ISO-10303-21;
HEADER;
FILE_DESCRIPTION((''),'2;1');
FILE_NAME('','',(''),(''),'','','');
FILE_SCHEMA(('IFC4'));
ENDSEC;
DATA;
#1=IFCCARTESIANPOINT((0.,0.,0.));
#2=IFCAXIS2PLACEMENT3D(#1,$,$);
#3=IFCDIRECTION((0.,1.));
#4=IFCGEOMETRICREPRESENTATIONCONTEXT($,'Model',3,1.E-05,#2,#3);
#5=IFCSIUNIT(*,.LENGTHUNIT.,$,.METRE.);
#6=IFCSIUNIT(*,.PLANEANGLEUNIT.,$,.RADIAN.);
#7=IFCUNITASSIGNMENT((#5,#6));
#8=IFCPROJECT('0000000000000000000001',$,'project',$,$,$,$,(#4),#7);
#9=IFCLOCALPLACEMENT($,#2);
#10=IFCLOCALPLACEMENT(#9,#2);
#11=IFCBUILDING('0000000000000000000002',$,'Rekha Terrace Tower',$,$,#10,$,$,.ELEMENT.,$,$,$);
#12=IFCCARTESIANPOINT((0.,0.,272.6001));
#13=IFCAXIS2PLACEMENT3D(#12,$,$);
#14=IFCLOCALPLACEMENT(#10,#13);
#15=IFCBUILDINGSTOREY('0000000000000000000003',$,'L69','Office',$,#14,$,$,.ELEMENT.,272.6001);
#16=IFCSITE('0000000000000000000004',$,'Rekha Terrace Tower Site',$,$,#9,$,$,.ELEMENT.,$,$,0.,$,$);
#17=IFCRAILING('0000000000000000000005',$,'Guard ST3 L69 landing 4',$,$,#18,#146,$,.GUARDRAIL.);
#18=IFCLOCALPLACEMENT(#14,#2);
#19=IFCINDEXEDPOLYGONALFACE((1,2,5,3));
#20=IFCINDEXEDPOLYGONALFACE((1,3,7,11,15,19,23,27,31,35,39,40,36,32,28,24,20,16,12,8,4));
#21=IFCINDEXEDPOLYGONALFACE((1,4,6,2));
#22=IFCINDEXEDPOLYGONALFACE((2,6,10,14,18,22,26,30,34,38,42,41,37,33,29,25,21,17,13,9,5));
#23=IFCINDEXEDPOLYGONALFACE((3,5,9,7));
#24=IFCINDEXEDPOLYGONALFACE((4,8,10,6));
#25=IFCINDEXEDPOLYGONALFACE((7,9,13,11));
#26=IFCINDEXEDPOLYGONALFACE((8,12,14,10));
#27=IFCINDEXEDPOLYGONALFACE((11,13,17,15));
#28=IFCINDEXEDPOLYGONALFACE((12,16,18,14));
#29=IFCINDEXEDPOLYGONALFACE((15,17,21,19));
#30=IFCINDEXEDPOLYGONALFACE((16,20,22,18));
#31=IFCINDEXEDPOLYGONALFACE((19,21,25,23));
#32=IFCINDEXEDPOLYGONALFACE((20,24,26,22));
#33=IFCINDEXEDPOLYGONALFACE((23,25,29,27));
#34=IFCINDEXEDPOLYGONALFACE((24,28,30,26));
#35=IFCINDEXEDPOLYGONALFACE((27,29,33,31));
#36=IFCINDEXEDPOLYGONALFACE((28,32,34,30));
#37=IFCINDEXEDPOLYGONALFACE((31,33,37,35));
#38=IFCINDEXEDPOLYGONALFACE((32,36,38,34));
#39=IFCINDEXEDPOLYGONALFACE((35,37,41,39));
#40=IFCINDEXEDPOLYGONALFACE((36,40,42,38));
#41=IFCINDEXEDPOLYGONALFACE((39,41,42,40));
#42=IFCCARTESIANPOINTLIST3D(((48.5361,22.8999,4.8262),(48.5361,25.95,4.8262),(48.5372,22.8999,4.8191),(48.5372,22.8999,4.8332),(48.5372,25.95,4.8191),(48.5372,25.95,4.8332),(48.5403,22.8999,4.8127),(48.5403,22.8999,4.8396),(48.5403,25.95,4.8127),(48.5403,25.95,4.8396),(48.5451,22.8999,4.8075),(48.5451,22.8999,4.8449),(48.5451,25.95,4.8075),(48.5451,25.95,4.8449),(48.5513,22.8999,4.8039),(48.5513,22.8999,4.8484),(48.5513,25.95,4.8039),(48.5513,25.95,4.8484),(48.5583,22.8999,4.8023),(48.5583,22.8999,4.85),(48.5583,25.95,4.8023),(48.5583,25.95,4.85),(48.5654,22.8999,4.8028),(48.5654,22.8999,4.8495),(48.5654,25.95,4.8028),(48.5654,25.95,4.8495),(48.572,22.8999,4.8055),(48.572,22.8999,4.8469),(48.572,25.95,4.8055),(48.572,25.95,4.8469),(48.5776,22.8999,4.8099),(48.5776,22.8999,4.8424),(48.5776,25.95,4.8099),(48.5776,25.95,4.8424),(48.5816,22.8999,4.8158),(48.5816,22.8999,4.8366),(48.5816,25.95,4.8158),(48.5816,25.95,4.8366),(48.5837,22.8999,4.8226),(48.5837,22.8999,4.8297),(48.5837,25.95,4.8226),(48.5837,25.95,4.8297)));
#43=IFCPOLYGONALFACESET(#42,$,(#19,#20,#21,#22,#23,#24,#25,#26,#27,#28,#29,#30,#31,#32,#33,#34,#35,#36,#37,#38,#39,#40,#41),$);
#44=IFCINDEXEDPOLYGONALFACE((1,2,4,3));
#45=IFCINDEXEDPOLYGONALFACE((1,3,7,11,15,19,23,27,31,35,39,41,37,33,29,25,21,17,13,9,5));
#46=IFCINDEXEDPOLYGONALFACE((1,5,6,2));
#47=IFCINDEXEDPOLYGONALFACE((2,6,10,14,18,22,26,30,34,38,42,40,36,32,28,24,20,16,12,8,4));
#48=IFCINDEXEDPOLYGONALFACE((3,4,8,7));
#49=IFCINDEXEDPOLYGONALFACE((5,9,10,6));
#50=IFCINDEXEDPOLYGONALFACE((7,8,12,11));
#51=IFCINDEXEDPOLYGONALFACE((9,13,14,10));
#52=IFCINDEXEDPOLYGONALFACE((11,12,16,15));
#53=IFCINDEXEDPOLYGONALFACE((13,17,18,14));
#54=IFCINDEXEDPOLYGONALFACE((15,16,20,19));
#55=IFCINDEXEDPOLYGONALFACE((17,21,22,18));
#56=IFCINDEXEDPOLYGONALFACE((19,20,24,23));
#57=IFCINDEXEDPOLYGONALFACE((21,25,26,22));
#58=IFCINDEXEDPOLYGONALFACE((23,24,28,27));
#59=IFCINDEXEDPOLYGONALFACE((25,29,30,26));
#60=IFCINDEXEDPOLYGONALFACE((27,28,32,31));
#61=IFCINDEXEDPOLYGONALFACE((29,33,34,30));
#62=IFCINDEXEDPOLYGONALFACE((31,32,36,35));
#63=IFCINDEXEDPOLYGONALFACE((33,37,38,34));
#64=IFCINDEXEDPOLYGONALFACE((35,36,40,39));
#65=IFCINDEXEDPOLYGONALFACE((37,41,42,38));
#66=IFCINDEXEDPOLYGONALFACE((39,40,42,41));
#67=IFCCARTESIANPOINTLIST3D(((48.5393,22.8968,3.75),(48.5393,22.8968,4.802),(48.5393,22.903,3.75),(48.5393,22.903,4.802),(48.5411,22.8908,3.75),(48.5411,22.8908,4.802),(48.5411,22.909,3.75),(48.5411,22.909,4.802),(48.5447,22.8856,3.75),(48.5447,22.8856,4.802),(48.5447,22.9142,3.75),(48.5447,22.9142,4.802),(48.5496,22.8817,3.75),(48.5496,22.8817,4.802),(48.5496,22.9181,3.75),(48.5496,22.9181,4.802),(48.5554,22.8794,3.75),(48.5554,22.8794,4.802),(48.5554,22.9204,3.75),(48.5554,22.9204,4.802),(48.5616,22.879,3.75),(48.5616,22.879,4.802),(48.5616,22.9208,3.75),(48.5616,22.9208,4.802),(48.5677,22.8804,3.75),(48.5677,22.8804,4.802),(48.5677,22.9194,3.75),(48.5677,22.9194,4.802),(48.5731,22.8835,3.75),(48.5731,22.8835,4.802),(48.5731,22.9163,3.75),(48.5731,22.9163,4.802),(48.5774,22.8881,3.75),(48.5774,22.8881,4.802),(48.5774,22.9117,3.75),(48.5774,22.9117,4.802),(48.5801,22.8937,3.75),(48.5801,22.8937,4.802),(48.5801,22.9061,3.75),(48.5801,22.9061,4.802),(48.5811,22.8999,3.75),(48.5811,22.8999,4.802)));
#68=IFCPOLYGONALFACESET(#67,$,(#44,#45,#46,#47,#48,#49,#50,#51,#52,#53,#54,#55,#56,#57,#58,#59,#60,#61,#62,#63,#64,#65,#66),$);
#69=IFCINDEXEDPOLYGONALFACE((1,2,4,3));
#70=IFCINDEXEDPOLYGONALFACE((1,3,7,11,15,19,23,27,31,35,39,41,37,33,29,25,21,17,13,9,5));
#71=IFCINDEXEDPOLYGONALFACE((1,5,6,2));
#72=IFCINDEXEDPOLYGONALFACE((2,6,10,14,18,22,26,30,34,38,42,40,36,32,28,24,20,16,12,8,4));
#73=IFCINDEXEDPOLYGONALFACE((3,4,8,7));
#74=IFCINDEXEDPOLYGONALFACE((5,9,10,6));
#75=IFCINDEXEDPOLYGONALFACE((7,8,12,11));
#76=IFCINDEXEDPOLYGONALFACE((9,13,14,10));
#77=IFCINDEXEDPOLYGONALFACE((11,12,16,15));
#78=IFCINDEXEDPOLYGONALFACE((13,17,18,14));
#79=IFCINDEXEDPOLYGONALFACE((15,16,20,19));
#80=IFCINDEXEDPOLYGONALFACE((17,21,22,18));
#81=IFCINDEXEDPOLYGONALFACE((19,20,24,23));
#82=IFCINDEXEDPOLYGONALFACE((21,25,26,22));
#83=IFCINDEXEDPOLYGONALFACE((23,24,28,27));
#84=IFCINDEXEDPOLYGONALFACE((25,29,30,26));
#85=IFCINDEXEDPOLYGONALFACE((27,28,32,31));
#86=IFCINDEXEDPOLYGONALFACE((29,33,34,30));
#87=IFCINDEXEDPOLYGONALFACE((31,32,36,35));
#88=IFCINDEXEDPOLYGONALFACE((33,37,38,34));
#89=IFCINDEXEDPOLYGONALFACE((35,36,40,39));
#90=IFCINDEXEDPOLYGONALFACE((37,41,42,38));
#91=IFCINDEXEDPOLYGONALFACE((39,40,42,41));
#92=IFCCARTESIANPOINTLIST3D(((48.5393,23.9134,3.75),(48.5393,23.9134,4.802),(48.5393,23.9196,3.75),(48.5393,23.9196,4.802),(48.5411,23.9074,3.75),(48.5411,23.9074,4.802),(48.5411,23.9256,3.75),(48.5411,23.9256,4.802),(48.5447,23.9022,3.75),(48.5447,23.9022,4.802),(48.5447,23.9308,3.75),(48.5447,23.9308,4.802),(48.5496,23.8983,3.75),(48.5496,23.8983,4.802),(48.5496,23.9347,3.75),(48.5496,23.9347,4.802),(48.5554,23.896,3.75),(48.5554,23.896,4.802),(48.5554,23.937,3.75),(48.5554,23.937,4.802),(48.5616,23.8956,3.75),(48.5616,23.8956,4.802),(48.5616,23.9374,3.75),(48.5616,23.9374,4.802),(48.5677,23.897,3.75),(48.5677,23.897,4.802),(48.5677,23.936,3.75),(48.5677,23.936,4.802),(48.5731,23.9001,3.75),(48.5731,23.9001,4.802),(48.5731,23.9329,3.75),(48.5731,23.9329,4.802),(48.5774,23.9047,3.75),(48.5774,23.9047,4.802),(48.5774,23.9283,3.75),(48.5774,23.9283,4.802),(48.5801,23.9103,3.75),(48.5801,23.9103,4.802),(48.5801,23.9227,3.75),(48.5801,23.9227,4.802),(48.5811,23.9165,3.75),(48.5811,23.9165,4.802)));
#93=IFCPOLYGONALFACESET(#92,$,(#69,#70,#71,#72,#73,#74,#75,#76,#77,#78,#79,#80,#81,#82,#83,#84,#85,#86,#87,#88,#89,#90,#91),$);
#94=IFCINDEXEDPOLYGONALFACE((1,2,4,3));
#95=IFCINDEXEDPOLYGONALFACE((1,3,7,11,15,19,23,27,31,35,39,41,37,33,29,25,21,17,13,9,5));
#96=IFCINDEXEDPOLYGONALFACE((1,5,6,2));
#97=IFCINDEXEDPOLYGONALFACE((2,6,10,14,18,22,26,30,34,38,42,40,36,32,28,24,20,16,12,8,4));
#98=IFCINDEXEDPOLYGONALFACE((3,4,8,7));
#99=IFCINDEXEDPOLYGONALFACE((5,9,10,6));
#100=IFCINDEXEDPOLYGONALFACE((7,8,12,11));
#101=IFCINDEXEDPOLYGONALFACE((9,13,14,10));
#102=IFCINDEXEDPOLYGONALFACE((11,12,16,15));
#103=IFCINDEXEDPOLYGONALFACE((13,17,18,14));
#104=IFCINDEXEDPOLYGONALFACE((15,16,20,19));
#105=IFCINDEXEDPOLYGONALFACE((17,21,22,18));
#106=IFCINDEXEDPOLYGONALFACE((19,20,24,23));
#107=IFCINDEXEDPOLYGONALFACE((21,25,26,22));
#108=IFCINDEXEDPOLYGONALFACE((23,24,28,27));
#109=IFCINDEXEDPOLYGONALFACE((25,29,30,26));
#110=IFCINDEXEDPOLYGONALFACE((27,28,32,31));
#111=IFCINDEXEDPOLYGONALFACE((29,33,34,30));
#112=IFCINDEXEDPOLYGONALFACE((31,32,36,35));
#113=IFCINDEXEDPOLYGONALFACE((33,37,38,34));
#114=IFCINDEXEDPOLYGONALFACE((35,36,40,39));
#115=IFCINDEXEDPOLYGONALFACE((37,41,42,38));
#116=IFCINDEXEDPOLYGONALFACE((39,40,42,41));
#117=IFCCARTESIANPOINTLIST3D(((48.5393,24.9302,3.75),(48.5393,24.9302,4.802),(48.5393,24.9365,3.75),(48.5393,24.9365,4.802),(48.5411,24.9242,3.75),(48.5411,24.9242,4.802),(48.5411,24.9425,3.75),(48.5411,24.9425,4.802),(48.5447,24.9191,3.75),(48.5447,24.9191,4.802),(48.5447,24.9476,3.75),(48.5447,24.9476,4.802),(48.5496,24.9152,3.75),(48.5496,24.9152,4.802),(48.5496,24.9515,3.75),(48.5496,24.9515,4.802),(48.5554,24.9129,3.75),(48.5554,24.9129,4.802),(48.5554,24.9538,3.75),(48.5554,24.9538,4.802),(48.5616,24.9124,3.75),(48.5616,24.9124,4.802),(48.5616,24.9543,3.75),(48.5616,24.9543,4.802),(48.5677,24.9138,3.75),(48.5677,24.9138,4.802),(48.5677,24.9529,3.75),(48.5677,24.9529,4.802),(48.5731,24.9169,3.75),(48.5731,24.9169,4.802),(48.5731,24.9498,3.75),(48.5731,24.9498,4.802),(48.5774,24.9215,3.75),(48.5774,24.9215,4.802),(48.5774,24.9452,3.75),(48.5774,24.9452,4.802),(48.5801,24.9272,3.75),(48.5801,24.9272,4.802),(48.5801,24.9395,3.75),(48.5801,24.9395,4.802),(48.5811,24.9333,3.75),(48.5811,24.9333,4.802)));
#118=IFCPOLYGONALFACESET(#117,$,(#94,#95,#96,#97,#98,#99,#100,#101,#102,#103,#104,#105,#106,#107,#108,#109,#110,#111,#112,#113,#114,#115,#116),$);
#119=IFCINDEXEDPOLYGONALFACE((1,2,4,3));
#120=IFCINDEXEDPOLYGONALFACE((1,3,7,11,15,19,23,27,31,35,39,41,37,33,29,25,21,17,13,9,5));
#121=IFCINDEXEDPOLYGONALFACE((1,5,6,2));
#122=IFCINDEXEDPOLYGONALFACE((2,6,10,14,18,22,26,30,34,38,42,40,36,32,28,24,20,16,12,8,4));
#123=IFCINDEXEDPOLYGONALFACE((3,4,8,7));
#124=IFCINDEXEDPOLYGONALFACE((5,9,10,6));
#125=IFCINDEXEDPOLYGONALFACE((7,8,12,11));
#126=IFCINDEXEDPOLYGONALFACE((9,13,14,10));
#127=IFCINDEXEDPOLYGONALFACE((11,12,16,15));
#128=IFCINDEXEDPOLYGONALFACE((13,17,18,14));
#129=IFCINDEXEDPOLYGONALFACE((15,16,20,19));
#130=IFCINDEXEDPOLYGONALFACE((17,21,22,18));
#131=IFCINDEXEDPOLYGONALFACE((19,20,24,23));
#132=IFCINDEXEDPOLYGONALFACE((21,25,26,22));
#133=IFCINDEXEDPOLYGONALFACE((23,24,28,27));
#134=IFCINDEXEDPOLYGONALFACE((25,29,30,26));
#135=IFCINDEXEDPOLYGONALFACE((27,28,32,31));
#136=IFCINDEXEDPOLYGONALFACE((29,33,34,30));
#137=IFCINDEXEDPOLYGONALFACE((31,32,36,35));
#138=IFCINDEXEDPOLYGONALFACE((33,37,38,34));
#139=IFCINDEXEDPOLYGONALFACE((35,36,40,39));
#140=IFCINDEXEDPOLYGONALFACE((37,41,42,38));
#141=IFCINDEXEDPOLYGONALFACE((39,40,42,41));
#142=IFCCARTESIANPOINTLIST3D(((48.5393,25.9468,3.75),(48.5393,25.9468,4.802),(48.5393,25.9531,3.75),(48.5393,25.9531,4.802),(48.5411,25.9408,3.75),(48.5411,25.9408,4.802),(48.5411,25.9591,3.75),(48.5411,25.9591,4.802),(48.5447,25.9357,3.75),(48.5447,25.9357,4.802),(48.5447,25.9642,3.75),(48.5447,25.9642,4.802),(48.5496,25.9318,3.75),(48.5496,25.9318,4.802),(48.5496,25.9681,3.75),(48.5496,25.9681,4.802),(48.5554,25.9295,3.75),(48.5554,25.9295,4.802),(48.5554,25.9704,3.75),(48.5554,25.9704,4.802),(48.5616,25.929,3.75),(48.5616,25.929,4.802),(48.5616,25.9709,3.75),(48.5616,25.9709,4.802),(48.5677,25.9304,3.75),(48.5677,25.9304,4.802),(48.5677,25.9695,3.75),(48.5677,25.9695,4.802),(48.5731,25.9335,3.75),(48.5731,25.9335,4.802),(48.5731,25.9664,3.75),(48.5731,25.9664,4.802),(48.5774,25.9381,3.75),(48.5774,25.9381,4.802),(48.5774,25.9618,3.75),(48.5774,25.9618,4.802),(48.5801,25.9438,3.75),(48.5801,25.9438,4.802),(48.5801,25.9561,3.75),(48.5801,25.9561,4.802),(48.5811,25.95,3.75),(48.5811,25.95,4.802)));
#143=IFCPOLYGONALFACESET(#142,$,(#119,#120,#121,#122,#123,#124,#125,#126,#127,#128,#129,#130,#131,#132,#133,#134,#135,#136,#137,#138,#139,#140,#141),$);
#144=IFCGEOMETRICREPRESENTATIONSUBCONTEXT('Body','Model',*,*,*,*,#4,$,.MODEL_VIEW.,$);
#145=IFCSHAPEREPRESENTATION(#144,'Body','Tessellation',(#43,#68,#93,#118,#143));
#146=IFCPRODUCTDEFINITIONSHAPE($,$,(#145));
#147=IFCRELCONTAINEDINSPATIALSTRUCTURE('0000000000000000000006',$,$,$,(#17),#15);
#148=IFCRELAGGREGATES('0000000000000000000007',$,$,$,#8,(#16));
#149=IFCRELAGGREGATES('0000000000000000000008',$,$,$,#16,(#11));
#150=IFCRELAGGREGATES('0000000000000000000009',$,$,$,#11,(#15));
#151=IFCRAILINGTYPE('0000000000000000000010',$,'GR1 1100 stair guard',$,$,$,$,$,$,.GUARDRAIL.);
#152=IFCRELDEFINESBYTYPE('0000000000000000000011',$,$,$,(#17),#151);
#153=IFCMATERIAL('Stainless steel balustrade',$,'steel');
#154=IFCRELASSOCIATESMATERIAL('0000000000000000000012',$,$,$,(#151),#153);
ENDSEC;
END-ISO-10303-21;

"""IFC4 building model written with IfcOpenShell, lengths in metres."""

from ifc_helpers import new_model, si_unit, direction, frame, origin, origin_2d, place, context, subcontext, project, spatial, circle, extrude, material, type_object, element, save


model = new_model("IFC4")

# Units and contexts
model_context = context("Model", 3, precision=1e-05, world=origin(), true_north=direction((0.0, 1.0)))
body_context = subcontext(model_context, "Body", "Model", "MODEL_VIEW")
ifc_project = project(units=[si_unit("LENGTHUNIT", "METRE"), si_unit("PLANEANGLEUNIT", "RADIAN")], contexts=[model_context])

# Site, building, storey
site_placement = place(None, origin())
site = spatial("IfcSite", under=ifc_project, at=site_placement, Name="Rekha Terrace Tower Site", CompositionType="ELEMENT", RefElevation=0.0)
building_placement = place(site_placement, origin())
building = spatial("IfcBuilding", under=site, at=building_placement, Name="Rekha Terrace Tower", CompositionType="ELEMENT")
storey_placement = place(building_placement, frame((0.0, 0.0, 272.6001)))
storey = spatial("IfcBuildingStorey", under=building, at=storey_placement, Name="L69", Description="Office", CompositionType="ELEMENT", Elevation=272.6001)

# Railing
ifc_material_1 = material(Name="Stainless steel balustrade", Category="steel")
railing_type_1 = type_object("IfcRailingType", Name="GR1 1100 stair guard", PredefinedType="GUARDRAIL", material=ifc_material_1)
railing_1_placement = place(storey_placement, frame((48.5601, 22.8999, 3.75)))
element("IfcRailing", 1, at=railing_1_placement, inside=storey, type_object=railing_type_1, Name="Guard ST3 L69 landing 4", PredefinedType="GUARDRAIL", context=body_context, shape_type="SweptSolid", body=[
    extrude(circle(Radius=0.0239, at=origin_2d()), frame((0.0, 0.0, 1.0762), z_axis=(0.0, 1.0, 0.0), x_axis=(-1.0, 0.0, 0.0)), (0.0, 0.0, 1.0), 3.05),
    extrude(circle(Radius=0.021, at=origin_2d()), origin(), (0.0, 0.0, 1.0), 1.052),
    extrude(circle(Radius=0.021, at=origin_2d()), frame((0.0, 1.0166, 0.0)), (0.0, 0.0, 1.0), 1.052),
    extrude(circle(Radius=0.021, at=origin_2d()), frame((0.0, 2.0334, 0.0)), (0.0, 0.0, 1.0), 1.052),
    extrude(circle(Radius=0.021, at=origin_2d()), frame((0.0, 3.05, 0.0)), (0.0, 0.0, 1.0), 1.052),
])

save(model, "model.ifc")
